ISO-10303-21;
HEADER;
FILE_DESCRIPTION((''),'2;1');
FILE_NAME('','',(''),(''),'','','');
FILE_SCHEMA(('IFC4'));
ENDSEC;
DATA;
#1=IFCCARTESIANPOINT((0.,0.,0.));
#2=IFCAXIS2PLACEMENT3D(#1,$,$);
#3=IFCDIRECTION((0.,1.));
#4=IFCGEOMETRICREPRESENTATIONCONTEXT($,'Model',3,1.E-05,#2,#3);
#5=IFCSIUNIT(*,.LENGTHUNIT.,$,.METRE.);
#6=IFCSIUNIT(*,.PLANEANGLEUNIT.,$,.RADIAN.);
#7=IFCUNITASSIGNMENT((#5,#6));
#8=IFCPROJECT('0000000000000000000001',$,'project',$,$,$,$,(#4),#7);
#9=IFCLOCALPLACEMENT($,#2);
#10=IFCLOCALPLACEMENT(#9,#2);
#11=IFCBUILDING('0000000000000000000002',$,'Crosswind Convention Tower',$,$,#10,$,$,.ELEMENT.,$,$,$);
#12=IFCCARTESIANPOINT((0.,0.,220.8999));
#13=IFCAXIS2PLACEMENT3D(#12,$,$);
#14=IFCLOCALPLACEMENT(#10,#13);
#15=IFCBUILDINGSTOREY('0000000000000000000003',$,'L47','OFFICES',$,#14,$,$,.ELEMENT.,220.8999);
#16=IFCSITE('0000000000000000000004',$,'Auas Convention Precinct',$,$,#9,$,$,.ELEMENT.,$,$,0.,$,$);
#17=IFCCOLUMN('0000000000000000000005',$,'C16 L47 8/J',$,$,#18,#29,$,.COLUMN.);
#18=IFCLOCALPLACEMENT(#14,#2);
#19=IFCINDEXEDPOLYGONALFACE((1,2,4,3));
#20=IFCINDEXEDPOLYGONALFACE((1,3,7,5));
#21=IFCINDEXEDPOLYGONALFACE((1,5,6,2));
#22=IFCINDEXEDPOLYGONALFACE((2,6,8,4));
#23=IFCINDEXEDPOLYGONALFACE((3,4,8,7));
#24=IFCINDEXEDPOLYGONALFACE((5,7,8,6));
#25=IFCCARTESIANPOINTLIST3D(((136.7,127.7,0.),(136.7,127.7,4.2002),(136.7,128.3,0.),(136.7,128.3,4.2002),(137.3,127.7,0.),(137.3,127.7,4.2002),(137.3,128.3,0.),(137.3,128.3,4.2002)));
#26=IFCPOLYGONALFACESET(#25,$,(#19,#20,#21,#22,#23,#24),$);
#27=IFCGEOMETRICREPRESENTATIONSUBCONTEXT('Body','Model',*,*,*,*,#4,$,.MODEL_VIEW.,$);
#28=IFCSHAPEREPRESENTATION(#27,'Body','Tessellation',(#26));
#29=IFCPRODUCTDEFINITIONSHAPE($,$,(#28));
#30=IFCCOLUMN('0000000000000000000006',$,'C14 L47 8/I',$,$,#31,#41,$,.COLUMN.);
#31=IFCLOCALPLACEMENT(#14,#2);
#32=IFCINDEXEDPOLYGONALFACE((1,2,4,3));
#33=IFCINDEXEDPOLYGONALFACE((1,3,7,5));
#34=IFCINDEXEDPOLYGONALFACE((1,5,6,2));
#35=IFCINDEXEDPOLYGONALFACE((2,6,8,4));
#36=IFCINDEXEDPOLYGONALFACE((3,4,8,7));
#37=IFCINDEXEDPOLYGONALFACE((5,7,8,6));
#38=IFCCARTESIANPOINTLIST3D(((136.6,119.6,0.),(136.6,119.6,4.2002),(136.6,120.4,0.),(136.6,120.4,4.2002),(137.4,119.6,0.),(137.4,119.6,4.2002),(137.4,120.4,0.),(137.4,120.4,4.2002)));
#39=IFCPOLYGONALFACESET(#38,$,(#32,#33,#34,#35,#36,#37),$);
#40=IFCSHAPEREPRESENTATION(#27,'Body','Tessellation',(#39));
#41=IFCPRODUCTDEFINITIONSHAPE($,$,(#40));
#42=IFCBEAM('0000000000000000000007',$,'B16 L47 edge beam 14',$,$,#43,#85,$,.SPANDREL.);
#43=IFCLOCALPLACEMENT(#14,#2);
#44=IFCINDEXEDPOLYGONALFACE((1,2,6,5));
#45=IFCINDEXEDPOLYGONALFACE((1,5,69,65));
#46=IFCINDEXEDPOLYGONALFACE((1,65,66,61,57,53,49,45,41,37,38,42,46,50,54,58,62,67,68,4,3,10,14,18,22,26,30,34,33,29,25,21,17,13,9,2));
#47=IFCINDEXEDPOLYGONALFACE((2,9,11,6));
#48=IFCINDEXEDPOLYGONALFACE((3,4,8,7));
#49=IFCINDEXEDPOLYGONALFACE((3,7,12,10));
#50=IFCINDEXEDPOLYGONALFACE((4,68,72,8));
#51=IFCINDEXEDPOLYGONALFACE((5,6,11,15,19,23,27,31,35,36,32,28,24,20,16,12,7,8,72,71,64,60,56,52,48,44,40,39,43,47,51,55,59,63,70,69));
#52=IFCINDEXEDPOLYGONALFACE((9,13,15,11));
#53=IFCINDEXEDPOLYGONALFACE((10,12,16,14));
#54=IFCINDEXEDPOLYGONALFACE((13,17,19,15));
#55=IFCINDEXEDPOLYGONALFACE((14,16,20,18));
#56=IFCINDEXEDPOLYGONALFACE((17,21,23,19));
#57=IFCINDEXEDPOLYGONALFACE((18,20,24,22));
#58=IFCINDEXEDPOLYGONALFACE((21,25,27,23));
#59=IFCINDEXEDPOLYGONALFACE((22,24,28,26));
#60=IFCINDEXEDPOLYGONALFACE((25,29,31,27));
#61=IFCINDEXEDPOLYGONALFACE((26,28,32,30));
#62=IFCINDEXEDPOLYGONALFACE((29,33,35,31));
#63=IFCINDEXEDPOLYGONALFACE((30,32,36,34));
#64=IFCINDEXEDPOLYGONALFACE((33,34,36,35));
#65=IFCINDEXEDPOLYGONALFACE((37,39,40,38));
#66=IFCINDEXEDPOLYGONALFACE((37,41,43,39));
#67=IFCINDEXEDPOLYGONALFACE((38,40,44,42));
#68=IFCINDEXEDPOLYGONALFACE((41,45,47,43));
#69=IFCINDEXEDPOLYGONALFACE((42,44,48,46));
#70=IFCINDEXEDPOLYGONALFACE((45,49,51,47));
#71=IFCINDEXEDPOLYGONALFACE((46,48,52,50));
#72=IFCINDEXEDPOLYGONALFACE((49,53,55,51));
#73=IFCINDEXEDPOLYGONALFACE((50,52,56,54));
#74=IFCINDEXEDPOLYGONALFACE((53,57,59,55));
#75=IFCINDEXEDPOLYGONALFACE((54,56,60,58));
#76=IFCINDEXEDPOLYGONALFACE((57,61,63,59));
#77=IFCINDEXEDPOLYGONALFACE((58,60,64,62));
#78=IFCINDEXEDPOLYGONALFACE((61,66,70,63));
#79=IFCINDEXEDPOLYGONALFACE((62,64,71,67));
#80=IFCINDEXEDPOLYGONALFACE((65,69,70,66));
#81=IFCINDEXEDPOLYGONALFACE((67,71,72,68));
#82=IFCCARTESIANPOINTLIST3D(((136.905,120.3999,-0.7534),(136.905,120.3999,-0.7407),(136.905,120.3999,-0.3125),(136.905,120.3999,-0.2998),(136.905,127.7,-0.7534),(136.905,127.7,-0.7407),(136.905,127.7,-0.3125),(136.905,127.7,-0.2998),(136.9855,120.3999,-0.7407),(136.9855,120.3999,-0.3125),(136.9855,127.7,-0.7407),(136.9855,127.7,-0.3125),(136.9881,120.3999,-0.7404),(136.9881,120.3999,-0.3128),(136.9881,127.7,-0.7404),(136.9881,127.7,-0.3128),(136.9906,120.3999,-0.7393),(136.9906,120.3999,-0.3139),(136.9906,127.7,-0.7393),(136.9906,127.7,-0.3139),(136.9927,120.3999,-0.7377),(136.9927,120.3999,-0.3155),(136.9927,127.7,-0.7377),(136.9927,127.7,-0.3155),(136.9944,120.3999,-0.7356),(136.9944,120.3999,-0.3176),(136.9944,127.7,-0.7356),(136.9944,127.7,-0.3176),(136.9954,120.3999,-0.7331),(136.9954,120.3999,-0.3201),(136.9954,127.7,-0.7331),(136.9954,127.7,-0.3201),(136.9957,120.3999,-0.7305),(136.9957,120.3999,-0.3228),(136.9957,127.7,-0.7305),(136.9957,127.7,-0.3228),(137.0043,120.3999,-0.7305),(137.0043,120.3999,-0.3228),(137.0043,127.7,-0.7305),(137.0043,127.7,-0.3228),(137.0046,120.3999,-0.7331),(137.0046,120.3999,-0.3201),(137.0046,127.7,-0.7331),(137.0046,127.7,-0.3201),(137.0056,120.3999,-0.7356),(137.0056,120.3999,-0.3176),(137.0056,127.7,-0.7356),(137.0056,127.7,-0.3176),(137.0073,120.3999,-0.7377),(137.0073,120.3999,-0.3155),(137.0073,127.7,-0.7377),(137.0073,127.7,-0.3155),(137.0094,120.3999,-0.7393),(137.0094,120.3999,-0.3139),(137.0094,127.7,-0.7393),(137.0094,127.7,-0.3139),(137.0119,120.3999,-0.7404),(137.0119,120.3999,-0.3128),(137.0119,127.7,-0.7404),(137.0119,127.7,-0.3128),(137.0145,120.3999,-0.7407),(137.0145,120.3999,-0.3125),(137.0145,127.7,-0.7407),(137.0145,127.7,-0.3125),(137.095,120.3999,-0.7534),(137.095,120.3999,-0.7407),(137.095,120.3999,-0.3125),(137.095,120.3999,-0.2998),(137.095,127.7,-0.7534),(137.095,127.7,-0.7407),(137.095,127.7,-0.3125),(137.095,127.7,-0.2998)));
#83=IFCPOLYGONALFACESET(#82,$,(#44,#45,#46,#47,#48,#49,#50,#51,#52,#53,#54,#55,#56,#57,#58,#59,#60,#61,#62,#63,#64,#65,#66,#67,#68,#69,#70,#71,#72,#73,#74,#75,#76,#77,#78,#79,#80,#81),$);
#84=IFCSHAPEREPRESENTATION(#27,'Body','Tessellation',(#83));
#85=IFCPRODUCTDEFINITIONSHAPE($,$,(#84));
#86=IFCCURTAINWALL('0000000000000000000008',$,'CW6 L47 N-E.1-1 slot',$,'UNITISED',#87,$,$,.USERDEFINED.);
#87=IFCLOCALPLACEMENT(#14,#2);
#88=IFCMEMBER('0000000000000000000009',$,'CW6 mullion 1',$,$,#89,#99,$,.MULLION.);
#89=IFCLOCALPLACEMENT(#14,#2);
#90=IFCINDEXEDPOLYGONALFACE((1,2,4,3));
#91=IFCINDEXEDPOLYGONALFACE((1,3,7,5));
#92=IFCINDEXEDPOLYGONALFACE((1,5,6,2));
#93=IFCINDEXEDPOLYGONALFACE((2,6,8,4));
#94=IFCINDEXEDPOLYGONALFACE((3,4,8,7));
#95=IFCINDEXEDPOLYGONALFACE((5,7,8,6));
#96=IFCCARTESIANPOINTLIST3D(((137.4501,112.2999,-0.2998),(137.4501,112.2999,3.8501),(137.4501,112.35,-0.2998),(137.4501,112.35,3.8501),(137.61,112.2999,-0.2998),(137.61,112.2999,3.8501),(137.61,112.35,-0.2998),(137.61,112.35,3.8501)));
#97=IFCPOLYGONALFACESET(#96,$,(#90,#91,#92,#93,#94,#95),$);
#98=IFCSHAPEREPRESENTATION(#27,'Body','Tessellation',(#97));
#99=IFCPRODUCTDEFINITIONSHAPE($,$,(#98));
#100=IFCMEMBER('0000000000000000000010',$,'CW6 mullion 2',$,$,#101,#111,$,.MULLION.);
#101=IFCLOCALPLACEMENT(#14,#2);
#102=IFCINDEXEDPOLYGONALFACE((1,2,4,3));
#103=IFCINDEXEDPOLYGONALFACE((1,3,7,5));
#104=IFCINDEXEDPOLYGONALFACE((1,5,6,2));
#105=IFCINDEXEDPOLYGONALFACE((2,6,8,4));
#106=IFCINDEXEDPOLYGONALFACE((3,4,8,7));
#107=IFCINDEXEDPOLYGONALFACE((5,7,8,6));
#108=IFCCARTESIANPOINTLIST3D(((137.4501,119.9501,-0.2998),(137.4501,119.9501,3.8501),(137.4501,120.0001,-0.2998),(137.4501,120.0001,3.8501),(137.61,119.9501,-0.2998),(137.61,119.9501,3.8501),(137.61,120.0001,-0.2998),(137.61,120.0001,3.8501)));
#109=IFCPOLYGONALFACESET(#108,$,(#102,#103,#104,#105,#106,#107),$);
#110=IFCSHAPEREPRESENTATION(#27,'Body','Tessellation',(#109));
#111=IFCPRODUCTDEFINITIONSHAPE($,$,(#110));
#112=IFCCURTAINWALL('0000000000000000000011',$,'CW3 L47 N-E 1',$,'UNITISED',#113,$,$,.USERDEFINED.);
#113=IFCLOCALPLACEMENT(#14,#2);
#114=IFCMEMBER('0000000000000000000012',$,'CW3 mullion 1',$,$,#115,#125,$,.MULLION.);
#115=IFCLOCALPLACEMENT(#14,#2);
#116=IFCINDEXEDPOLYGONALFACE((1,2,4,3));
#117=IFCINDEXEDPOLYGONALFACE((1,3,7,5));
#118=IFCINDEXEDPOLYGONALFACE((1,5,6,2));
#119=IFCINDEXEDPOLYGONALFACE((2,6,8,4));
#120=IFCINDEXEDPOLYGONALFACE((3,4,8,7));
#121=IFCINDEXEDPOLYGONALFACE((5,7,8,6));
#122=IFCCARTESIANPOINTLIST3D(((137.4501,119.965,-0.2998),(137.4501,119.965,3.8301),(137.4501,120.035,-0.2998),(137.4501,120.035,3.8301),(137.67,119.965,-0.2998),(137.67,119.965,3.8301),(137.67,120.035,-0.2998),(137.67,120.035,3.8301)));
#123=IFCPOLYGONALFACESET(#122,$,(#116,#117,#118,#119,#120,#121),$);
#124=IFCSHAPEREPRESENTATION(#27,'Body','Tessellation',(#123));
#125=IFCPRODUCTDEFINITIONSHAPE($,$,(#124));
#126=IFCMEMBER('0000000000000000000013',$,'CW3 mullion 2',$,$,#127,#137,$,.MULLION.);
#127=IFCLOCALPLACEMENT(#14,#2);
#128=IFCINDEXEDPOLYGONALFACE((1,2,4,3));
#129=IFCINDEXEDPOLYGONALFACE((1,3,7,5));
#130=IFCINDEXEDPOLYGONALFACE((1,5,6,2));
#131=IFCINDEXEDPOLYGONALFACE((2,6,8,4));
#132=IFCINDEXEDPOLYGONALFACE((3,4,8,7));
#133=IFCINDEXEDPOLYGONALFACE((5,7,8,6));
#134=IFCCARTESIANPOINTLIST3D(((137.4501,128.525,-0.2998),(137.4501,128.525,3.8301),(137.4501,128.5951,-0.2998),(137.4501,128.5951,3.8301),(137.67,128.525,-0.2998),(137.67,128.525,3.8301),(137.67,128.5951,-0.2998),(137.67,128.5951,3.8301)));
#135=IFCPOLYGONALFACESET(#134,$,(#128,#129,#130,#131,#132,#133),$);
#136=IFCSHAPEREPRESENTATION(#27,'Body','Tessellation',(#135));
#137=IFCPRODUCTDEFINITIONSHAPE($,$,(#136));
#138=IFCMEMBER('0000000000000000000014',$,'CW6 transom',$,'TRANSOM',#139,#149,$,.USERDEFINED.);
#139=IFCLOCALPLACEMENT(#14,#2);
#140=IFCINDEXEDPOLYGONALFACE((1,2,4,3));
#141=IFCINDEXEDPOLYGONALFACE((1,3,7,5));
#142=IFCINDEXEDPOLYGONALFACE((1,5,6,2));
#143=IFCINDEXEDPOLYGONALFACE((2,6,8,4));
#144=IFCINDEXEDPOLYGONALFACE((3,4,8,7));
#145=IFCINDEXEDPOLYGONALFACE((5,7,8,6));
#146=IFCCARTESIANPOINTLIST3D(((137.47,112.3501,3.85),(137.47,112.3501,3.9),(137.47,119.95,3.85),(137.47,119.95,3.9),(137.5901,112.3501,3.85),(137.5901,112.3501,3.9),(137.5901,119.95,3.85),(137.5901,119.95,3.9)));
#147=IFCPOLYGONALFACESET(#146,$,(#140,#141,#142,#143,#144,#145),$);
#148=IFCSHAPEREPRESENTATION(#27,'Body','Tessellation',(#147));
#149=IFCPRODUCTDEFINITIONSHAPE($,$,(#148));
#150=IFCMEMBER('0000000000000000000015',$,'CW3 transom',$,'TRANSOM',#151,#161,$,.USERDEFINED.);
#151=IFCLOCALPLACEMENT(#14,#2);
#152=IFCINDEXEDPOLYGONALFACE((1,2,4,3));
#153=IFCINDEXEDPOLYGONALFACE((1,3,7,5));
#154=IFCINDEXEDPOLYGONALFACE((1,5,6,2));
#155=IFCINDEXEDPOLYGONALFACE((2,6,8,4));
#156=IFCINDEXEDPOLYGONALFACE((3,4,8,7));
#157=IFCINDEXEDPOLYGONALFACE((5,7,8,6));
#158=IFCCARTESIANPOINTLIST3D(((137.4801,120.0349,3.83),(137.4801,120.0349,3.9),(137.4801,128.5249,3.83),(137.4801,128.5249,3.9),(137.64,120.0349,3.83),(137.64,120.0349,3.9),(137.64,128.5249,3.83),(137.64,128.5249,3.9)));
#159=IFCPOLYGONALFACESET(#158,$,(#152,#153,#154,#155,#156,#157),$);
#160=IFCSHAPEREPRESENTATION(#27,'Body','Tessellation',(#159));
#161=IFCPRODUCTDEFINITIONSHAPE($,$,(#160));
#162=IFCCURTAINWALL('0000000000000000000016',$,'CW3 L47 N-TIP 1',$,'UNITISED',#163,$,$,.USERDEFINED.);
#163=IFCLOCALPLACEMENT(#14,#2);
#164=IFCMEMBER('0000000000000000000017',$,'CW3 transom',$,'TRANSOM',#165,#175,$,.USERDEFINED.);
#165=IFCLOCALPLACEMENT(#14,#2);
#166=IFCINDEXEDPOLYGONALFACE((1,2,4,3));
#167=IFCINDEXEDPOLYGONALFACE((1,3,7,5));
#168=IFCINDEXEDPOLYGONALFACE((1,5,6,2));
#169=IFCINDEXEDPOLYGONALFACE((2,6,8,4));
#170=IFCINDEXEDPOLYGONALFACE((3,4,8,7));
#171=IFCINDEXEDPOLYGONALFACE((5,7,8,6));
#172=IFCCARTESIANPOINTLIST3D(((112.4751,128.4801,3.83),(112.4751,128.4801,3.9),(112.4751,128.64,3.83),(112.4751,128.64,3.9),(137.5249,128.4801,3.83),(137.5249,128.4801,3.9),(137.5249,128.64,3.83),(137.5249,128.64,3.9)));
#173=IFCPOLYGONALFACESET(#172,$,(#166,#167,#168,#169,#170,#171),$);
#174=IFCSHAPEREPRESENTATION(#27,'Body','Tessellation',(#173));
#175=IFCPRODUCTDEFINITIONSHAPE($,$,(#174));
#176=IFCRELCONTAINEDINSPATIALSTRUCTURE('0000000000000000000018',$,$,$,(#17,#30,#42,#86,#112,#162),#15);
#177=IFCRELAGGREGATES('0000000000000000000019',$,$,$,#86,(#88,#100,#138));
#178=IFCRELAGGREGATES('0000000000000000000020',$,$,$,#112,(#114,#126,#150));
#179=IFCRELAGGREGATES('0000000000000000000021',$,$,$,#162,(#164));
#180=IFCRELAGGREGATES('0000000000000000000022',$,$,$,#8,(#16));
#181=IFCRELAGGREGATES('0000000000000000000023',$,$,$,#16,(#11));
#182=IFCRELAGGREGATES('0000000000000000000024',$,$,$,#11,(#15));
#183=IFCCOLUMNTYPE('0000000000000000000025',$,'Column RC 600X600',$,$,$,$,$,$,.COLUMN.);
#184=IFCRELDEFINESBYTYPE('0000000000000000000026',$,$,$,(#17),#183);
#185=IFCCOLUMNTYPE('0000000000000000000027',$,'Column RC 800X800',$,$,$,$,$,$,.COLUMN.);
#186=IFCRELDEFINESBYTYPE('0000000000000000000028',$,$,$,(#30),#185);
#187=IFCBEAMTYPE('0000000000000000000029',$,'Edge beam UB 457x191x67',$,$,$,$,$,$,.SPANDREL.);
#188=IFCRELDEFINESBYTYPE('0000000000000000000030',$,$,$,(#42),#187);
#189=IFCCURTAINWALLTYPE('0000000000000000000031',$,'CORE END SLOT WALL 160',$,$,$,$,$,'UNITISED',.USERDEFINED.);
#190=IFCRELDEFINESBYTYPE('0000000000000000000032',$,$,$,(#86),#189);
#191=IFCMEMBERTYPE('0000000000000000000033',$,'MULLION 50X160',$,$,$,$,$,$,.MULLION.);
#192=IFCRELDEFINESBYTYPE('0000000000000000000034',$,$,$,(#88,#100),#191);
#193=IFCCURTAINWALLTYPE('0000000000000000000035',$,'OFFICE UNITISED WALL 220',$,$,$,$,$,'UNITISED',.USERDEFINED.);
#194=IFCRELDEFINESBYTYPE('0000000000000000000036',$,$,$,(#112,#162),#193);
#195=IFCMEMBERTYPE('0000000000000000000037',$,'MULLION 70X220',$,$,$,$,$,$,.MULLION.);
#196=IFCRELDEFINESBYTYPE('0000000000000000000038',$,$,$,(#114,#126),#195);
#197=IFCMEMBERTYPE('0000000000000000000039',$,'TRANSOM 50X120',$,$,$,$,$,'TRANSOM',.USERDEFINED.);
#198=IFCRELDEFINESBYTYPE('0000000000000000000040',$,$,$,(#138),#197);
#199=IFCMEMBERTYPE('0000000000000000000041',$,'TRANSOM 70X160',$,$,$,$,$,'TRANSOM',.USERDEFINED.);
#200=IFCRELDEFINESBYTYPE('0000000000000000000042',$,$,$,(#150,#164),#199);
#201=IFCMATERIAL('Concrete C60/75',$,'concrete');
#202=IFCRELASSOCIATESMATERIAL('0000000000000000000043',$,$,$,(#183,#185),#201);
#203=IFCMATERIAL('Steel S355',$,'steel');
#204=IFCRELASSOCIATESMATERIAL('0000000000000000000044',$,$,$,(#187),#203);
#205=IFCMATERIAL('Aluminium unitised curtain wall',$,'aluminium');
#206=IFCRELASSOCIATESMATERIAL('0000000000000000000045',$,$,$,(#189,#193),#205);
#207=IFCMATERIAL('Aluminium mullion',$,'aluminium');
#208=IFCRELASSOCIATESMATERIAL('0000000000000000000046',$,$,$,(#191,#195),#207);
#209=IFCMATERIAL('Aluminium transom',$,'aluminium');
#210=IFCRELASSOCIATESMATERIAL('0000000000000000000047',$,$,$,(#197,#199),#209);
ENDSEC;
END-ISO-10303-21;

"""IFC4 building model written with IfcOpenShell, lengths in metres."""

from ifc_helpers import new_model, si_unit, direction, frame, origin, origin_2d, place, context, subcontext, project, spatial, rectangle, i_section, extrude, material, material_profile, profile_set, type_object, element, aggregate, save


model = new_model("IFC4")

# Units and contexts
model_context = context("Model", 3, precision=1e-05, world=origin(), true_north=direction((0.0, 1.0)))
body_context = subcontext(model_context, "Body", "Model", "MODEL_VIEW")
ifc_project = project(units=[si_unit("LENGTHUNIT", "METRE"), si_unit("PLANEANGLEUNIT", "RADIAN")], contexts=[model_context])

# Site, building, storey
site_placement = place(None, origin())
site = spatial("IfcSite", under=ifc_project, at=site_placement, Name="Auas Convention Precinct", CompositionType="ELEMENT", RefElevation=0.0)
building_placement = place(site_placement, origin())
building = spatial("IfcBuilding", under=site, at=building_placement, Name="Crosswind Convention Tower", CompositionType="ELEMENT")
storey_placement = place(building_placement, frame((0.0, 0.0, 220.8999)))
storey = spatial("IfcBuildingStorey", under=building, at=storey_placement, Name="L47", Description="OFFICES", CompositionType="ELEMENT", Elevation=220.8999)

# Columns
ifc_material_1 = material(Name="Concrete C60/75", Category="concrete")
ifc_material_profile_1 = material_profile(ifc_material_1, rectangle(XDim=0.6001, YDim=0.6001, at=origin_2d()), Name="RC 600X600")
ifc_profile_set_1 = profile_set([ifc_material_profile_1], Name="Concrete C60/75")
column_type_1 = type_object("IfcColumnType", Name="Column RC 600X600", PredefinedType="COLUMN", material=ifc_profile_set_1)
column_1_placement = place(storey_placement, frame((137.0, 128.0, 0.0), z_axis=(0.0, 0.0, 1.0), x_axis=(1.0, 0.0, 0.0)))
element("IfcColumn", 1, at=column_1_placement, inside=storey, type_object=column_type_1, Name="C16 L47 8/J", PredefinedType="COLUMN", context=body_context, shape_type="SweptSolid", body=[
    extrude(rectangle(XDim=0.6001, YDim=0.6001, at=origin_2d()), origin(), (0.0, 0.0, 1.0), 4.2002),
])
ifc_material_profile_2 = material_profile(ifc_material_1, rectangle(XDim=0.8, YDim=0.8, at=origin_2d()), Name="RC 800X800")
ifc_profile_set_2 = profile_set([ifc_material_profile_2], Name="Concrete C60/75")
column_type_2 = type_object("IfcColumnType", Name="Column RC 800X800", PredefinedType="COLUMN", material=ifc_profile_set_2)
column_2_placement = place(storey_placement, frame((137.0, 120.0, 0.0), z_axis=(0.0, 0.0, 1.0), x_axis=(1.0, 0.0, 0.0)))
element("IfcColumn", 2, at=column_2_placement, inside=storey, type_object=column_type_2, Name="C14 L47 8/I", PredefinedType="COLUMN", context=body_context, shape_type="SweptSolid", body=[
    extrude(rectangle(XDim=0.8, YDim=0.8, at=origin_2d()), origin(), (0.0, 0.0, 1.0), 4.2002),
])

# Beam
ifc_material_2 = material(Name="Steel S355", Category="steel")
ifc_material_profile_3 = material_profile(ifc_material_2, i_section(OverallWidth=0.1899, OverallDepth=0.4536, WebThickness=0.0085, FlangeThickness=0.0127, FilletRadius=0.0103, at=origin_2d()), Name="UB 457x191x67")
ifc_profile_set_3 = profile_set([ifc_material_profile_3], Name="Steel S355")
beam_type = type_object("IfcBeamType", Name="Edge beam UB 457x191x67", PredefinedType="SPANDREL", material=ifc_profile_set_3)
beam_placement = place(storey_placement, frame((137.0, 120.3999, -0.5266), z_axis=(0.0, 1.0, 0.0), x_axis=(-1.0, 0.0, 0.0)))
element("IfcBeam", 3, at=beam_placement, inside=storey, type_object=beam_type, Name="B16 L47 edge beam 14", PredefinedType="SPANDREL", context=body_context, shape_type="SweptSolid", body=[
    extrude(i_section(OverallWidth=0.1899, OverallDepth=0.4536, WebThickness=0.0085, FlangeThickness=0.0127, FilletRadius=0.0103, at=origin_2d()), origin(), (0.0, 0.0, 1.0), 7.3),
])

# Curtain walls, members
ifc_material_3 = material(Name="Aluminium unitised curtain wall", Category="aluminium")
curtain_wall_type_1 = type_object("IfcCurtainWallType", Name="CORE END SLOT WALL 160", ElementType="UNITISED", PredefinedType="USERDEFINED", material=ifc_material_3)
curtain_wall_1_placement = place(storey_placement, origin())
curtain_wall_1 = element("IfcCurtainWall", 4, at=curtain_wall_1_placement, inside=storey, type_object=curtain_wall_type_1, Name="CW6 L47 N-E.1-1 slot", ObjectType="UNITISED", PredefinedType="USERDEFINED")
ifc_material_4 = material(Name="Aluminium mullion", Category="aluminium")
ifc_material_profile_4 = material_profile(ifc_material_4, rectangle(XDim=0.1599, YDim=0.05, at=origin_2d()), Name="AL 160X50")
ifc_profile_set_4 = profile_set([ifc_material_profile_4], Name="Aluminium mullion")
member_type_1 = type_object("IfcMemberType", Name="MULLION 50X160", PredefinedType="MULLION", material=ifc_profile_set_4)
member_1_placement = place(storey_placement, frame((137.53, 112.325, -0.2998), z_axis=(0.0, 0.0, 1.0), x_axis=(1.0, 0.0, 0.0)))
member_1 = element("IfcMember", 5, at=member_1_placement, type_object=member_type_1, Name="CW6 mullion 1", PredefinedType="MULLION", context=body_context, shape_type="SweptSolid", body=[
    extrude(rectangle(XDim=0.1599, YDim=0.05, at=origin_2d()), origin(), (0.0, 0.0, 1.0), 4.1499),
])
member_2_placement = place(storey_placement, frame((137.53, 119.9751, -0.2998), z_axis=(0.0, 0.0, 1.0), x_axis=(1.0, 0.0, 0.0)))
member_2 = element("IfcMember", 6, at=member_2_placement, type_object=member_type_1, Name="CW6 mullion 2", PredefinedType="MULLION", context=body_context, shape_type="SweptSolid", body=[
    extrude(rectangle(XDim=0.1599, YDim=0.05, at=origin_2d()), origin(), (0.0, 0.0, 1.0), 4.1499),
])
curtain_wall_type_2 = type_object("IfcCurtainWallType", Name="OFFICE UNITISED WALL 220", ElementType="UNITISED", PredefinedType="USERDEFINED", material=ifc_material_3)
curtain_wall_2_placement = place(storey_placement, origin())
curtain_wall_2 = element("IfcCurtainWall", 7, at=curtain_wall_2_placement, inside=storey, type_object=curtain_wall_type_2, Name="CW3 L47 N-E 1", ObjectType="UNITISED", PredefinedType="USERDEFINED")
ifc_material_profile_5 = material_profile(ifc_material_4, rectangle(XDim=0.22, YDim=0.0701, at=origin_2d()), Name="AL 220X70")
ifc_profile_set_5 = profile_set([ifc_material_profile_5], Name="Aluminium mullion")
member_type_2 = type_object("IfcMemberType", Name="MULLION 70X220", PredefinedType="MULLION", material=ifc_profile_set_5)
member_3_placement = place(storey_placement, frame((137.5601, 120.0, -0.2998), z_axis=(0.0, 0.0, 1.0), x_axis=(1.0, 0.0, 0.0)))
member_3 = element("IfcMember", 8, at=member_3_placement, type_object=member_type_2, Name="CW3 mullion 1", PredefinedType="MULLION", context=body_context, shape_type="SweptSolid", body=[
    extrude(rectangle(XDim=0.22, YDim=0.0701, at=origin_2d()), origin(), (0.0, 0.0, 1.0), 4.1299),
])
member_4_placement = place(storey_placement, frame((137.5601, 128.5601, -0.2998), z_axis=(0.0, 0.0, 1.0), x_axis=(1.0, 0.0, 0.0)))
member_4 = element("IfcMember", 9, at=member_4_placement, type_object=member_type_2, Name="CW3 mullion 2", PredefinedType="MULLION", context=body_context, shape_type="SweptSolid", body=[
    extrude(rectangle(XDim=0.22, YDim=0.0701, at=origin_2d()), origin(), (0.0, 0.0, 1.0), 4.1299),
])

# Members
ifc_material_5 = material(Name="Aluminium transom", Category="aluminium")
ifc_material_profile_6 = material_profile(ifc_material_5, rectangle(XDim=0.1201, YDim=0.05, at=origin_2d()), Name="AL 120X50")
ifc_profile_set_6 = profile_set([ifc_material_profile_6], Name="Aluminium transom")
member_type_3 = type_object("IfcMemberType", Name="TRANSOM 50X120", ElementType="TRANSOM", PredefinedType="USERDEFINED", material=ifc_profile_set_6)
member_5_placement = place(storey_placement, frame((137.53, 112.3501, 3.875), z_axis=(0.0, 1.0, 0.0), x_axis=(-1.0, 0.0, 0.0)))
member_5 = element("IfcMember", 10, at=member_5_placement, type_object=member_type_3, Name="CW6 transom", ObjectType="TRANSOM", PredefinedType="USERDEFINED", context=body_context, shape_type="SweptSolid", body=[
    extrude(rectangle(XDim=0.1201, YDim=0.05, at=origin_2d()), origin(), (0.0, 0.0, 1.0), 7.5999),
])
ifc_material_profile_7 = material_profile(ifc_material_5, rectangle(XDim=0.1599, YDim=0.0701, at=origin_2d()), Name="AL 160X70")
ifc_profile_set_7 = profile_set([ifc_material_profile_7], Name="Aluminium transom")
member_type_4 = type_object("IfcMemberType", Name="TRANSOM 70X160", ElementType="TRANSOM", PredefinedType="USERDEFINED", material=ifc_profile_set_7)
member_6_placement = place(storey_placement, frame((137.5601, 120.0349, 3.865), z_axis=(0.0, 1.0, 0.0), x_axis=(-1.0, 0.0, 0.0)))
member_6 = element("IfcMember", 11, at=member_6_placement, type_object=member_type_4, Name="CW3 transom", ObjectType="TRANSOM", PredefinedType="USERDEFINED", context=body_context, shape_type="SweptSolid", body=[
    extrude(rectangle(XDim=0.1599, YDim=0.0701, at=origin_2d()), origin(), (0.0, 0.0, 1.0), 8.49),
])

# Curtain wall, member
curtain_wall_3_placement = place(storey_placement, origin())
curtain_wall_3 = element("IfcCurtainWall", 12, at=curtain_wall_3_placement, inside=storey, type_object=curtain_wall_type_2, Name="CW3 L47 N-TIP 1", ObjectType="UNITISED", PredefinedType="USERDEFINED")
member_7_placement = place(storey_placement, frame((137.5249, 128.5601, 3.865), z_axis=(-1.0, 0.0, 0.0), x_axis=(0.0, -1.0, 0.0)))
member_7 = element("IfcMember", 13, at=member_7_placement, type_object=member_type_4, Name="CW3 transom", ObjectType="TRANSOM", PredefinedType="USERDEFINED", context=body_context, shape_type="SweptSolid", body=[
    extrude(rectangle(XDim=0.1599, YDim=0.0701, at=origin_2d()), origin(), (0.0, 0.0, 1.0), 25.0498),
])

aggregate(curtain_wall_1, [member_1, member_2, member_5])

aggregate(curtain_wall_2, [member_3, member_4, member_6])
aggregate(curtain_wall_3, [member_7])

save(model, "model.ifc")
